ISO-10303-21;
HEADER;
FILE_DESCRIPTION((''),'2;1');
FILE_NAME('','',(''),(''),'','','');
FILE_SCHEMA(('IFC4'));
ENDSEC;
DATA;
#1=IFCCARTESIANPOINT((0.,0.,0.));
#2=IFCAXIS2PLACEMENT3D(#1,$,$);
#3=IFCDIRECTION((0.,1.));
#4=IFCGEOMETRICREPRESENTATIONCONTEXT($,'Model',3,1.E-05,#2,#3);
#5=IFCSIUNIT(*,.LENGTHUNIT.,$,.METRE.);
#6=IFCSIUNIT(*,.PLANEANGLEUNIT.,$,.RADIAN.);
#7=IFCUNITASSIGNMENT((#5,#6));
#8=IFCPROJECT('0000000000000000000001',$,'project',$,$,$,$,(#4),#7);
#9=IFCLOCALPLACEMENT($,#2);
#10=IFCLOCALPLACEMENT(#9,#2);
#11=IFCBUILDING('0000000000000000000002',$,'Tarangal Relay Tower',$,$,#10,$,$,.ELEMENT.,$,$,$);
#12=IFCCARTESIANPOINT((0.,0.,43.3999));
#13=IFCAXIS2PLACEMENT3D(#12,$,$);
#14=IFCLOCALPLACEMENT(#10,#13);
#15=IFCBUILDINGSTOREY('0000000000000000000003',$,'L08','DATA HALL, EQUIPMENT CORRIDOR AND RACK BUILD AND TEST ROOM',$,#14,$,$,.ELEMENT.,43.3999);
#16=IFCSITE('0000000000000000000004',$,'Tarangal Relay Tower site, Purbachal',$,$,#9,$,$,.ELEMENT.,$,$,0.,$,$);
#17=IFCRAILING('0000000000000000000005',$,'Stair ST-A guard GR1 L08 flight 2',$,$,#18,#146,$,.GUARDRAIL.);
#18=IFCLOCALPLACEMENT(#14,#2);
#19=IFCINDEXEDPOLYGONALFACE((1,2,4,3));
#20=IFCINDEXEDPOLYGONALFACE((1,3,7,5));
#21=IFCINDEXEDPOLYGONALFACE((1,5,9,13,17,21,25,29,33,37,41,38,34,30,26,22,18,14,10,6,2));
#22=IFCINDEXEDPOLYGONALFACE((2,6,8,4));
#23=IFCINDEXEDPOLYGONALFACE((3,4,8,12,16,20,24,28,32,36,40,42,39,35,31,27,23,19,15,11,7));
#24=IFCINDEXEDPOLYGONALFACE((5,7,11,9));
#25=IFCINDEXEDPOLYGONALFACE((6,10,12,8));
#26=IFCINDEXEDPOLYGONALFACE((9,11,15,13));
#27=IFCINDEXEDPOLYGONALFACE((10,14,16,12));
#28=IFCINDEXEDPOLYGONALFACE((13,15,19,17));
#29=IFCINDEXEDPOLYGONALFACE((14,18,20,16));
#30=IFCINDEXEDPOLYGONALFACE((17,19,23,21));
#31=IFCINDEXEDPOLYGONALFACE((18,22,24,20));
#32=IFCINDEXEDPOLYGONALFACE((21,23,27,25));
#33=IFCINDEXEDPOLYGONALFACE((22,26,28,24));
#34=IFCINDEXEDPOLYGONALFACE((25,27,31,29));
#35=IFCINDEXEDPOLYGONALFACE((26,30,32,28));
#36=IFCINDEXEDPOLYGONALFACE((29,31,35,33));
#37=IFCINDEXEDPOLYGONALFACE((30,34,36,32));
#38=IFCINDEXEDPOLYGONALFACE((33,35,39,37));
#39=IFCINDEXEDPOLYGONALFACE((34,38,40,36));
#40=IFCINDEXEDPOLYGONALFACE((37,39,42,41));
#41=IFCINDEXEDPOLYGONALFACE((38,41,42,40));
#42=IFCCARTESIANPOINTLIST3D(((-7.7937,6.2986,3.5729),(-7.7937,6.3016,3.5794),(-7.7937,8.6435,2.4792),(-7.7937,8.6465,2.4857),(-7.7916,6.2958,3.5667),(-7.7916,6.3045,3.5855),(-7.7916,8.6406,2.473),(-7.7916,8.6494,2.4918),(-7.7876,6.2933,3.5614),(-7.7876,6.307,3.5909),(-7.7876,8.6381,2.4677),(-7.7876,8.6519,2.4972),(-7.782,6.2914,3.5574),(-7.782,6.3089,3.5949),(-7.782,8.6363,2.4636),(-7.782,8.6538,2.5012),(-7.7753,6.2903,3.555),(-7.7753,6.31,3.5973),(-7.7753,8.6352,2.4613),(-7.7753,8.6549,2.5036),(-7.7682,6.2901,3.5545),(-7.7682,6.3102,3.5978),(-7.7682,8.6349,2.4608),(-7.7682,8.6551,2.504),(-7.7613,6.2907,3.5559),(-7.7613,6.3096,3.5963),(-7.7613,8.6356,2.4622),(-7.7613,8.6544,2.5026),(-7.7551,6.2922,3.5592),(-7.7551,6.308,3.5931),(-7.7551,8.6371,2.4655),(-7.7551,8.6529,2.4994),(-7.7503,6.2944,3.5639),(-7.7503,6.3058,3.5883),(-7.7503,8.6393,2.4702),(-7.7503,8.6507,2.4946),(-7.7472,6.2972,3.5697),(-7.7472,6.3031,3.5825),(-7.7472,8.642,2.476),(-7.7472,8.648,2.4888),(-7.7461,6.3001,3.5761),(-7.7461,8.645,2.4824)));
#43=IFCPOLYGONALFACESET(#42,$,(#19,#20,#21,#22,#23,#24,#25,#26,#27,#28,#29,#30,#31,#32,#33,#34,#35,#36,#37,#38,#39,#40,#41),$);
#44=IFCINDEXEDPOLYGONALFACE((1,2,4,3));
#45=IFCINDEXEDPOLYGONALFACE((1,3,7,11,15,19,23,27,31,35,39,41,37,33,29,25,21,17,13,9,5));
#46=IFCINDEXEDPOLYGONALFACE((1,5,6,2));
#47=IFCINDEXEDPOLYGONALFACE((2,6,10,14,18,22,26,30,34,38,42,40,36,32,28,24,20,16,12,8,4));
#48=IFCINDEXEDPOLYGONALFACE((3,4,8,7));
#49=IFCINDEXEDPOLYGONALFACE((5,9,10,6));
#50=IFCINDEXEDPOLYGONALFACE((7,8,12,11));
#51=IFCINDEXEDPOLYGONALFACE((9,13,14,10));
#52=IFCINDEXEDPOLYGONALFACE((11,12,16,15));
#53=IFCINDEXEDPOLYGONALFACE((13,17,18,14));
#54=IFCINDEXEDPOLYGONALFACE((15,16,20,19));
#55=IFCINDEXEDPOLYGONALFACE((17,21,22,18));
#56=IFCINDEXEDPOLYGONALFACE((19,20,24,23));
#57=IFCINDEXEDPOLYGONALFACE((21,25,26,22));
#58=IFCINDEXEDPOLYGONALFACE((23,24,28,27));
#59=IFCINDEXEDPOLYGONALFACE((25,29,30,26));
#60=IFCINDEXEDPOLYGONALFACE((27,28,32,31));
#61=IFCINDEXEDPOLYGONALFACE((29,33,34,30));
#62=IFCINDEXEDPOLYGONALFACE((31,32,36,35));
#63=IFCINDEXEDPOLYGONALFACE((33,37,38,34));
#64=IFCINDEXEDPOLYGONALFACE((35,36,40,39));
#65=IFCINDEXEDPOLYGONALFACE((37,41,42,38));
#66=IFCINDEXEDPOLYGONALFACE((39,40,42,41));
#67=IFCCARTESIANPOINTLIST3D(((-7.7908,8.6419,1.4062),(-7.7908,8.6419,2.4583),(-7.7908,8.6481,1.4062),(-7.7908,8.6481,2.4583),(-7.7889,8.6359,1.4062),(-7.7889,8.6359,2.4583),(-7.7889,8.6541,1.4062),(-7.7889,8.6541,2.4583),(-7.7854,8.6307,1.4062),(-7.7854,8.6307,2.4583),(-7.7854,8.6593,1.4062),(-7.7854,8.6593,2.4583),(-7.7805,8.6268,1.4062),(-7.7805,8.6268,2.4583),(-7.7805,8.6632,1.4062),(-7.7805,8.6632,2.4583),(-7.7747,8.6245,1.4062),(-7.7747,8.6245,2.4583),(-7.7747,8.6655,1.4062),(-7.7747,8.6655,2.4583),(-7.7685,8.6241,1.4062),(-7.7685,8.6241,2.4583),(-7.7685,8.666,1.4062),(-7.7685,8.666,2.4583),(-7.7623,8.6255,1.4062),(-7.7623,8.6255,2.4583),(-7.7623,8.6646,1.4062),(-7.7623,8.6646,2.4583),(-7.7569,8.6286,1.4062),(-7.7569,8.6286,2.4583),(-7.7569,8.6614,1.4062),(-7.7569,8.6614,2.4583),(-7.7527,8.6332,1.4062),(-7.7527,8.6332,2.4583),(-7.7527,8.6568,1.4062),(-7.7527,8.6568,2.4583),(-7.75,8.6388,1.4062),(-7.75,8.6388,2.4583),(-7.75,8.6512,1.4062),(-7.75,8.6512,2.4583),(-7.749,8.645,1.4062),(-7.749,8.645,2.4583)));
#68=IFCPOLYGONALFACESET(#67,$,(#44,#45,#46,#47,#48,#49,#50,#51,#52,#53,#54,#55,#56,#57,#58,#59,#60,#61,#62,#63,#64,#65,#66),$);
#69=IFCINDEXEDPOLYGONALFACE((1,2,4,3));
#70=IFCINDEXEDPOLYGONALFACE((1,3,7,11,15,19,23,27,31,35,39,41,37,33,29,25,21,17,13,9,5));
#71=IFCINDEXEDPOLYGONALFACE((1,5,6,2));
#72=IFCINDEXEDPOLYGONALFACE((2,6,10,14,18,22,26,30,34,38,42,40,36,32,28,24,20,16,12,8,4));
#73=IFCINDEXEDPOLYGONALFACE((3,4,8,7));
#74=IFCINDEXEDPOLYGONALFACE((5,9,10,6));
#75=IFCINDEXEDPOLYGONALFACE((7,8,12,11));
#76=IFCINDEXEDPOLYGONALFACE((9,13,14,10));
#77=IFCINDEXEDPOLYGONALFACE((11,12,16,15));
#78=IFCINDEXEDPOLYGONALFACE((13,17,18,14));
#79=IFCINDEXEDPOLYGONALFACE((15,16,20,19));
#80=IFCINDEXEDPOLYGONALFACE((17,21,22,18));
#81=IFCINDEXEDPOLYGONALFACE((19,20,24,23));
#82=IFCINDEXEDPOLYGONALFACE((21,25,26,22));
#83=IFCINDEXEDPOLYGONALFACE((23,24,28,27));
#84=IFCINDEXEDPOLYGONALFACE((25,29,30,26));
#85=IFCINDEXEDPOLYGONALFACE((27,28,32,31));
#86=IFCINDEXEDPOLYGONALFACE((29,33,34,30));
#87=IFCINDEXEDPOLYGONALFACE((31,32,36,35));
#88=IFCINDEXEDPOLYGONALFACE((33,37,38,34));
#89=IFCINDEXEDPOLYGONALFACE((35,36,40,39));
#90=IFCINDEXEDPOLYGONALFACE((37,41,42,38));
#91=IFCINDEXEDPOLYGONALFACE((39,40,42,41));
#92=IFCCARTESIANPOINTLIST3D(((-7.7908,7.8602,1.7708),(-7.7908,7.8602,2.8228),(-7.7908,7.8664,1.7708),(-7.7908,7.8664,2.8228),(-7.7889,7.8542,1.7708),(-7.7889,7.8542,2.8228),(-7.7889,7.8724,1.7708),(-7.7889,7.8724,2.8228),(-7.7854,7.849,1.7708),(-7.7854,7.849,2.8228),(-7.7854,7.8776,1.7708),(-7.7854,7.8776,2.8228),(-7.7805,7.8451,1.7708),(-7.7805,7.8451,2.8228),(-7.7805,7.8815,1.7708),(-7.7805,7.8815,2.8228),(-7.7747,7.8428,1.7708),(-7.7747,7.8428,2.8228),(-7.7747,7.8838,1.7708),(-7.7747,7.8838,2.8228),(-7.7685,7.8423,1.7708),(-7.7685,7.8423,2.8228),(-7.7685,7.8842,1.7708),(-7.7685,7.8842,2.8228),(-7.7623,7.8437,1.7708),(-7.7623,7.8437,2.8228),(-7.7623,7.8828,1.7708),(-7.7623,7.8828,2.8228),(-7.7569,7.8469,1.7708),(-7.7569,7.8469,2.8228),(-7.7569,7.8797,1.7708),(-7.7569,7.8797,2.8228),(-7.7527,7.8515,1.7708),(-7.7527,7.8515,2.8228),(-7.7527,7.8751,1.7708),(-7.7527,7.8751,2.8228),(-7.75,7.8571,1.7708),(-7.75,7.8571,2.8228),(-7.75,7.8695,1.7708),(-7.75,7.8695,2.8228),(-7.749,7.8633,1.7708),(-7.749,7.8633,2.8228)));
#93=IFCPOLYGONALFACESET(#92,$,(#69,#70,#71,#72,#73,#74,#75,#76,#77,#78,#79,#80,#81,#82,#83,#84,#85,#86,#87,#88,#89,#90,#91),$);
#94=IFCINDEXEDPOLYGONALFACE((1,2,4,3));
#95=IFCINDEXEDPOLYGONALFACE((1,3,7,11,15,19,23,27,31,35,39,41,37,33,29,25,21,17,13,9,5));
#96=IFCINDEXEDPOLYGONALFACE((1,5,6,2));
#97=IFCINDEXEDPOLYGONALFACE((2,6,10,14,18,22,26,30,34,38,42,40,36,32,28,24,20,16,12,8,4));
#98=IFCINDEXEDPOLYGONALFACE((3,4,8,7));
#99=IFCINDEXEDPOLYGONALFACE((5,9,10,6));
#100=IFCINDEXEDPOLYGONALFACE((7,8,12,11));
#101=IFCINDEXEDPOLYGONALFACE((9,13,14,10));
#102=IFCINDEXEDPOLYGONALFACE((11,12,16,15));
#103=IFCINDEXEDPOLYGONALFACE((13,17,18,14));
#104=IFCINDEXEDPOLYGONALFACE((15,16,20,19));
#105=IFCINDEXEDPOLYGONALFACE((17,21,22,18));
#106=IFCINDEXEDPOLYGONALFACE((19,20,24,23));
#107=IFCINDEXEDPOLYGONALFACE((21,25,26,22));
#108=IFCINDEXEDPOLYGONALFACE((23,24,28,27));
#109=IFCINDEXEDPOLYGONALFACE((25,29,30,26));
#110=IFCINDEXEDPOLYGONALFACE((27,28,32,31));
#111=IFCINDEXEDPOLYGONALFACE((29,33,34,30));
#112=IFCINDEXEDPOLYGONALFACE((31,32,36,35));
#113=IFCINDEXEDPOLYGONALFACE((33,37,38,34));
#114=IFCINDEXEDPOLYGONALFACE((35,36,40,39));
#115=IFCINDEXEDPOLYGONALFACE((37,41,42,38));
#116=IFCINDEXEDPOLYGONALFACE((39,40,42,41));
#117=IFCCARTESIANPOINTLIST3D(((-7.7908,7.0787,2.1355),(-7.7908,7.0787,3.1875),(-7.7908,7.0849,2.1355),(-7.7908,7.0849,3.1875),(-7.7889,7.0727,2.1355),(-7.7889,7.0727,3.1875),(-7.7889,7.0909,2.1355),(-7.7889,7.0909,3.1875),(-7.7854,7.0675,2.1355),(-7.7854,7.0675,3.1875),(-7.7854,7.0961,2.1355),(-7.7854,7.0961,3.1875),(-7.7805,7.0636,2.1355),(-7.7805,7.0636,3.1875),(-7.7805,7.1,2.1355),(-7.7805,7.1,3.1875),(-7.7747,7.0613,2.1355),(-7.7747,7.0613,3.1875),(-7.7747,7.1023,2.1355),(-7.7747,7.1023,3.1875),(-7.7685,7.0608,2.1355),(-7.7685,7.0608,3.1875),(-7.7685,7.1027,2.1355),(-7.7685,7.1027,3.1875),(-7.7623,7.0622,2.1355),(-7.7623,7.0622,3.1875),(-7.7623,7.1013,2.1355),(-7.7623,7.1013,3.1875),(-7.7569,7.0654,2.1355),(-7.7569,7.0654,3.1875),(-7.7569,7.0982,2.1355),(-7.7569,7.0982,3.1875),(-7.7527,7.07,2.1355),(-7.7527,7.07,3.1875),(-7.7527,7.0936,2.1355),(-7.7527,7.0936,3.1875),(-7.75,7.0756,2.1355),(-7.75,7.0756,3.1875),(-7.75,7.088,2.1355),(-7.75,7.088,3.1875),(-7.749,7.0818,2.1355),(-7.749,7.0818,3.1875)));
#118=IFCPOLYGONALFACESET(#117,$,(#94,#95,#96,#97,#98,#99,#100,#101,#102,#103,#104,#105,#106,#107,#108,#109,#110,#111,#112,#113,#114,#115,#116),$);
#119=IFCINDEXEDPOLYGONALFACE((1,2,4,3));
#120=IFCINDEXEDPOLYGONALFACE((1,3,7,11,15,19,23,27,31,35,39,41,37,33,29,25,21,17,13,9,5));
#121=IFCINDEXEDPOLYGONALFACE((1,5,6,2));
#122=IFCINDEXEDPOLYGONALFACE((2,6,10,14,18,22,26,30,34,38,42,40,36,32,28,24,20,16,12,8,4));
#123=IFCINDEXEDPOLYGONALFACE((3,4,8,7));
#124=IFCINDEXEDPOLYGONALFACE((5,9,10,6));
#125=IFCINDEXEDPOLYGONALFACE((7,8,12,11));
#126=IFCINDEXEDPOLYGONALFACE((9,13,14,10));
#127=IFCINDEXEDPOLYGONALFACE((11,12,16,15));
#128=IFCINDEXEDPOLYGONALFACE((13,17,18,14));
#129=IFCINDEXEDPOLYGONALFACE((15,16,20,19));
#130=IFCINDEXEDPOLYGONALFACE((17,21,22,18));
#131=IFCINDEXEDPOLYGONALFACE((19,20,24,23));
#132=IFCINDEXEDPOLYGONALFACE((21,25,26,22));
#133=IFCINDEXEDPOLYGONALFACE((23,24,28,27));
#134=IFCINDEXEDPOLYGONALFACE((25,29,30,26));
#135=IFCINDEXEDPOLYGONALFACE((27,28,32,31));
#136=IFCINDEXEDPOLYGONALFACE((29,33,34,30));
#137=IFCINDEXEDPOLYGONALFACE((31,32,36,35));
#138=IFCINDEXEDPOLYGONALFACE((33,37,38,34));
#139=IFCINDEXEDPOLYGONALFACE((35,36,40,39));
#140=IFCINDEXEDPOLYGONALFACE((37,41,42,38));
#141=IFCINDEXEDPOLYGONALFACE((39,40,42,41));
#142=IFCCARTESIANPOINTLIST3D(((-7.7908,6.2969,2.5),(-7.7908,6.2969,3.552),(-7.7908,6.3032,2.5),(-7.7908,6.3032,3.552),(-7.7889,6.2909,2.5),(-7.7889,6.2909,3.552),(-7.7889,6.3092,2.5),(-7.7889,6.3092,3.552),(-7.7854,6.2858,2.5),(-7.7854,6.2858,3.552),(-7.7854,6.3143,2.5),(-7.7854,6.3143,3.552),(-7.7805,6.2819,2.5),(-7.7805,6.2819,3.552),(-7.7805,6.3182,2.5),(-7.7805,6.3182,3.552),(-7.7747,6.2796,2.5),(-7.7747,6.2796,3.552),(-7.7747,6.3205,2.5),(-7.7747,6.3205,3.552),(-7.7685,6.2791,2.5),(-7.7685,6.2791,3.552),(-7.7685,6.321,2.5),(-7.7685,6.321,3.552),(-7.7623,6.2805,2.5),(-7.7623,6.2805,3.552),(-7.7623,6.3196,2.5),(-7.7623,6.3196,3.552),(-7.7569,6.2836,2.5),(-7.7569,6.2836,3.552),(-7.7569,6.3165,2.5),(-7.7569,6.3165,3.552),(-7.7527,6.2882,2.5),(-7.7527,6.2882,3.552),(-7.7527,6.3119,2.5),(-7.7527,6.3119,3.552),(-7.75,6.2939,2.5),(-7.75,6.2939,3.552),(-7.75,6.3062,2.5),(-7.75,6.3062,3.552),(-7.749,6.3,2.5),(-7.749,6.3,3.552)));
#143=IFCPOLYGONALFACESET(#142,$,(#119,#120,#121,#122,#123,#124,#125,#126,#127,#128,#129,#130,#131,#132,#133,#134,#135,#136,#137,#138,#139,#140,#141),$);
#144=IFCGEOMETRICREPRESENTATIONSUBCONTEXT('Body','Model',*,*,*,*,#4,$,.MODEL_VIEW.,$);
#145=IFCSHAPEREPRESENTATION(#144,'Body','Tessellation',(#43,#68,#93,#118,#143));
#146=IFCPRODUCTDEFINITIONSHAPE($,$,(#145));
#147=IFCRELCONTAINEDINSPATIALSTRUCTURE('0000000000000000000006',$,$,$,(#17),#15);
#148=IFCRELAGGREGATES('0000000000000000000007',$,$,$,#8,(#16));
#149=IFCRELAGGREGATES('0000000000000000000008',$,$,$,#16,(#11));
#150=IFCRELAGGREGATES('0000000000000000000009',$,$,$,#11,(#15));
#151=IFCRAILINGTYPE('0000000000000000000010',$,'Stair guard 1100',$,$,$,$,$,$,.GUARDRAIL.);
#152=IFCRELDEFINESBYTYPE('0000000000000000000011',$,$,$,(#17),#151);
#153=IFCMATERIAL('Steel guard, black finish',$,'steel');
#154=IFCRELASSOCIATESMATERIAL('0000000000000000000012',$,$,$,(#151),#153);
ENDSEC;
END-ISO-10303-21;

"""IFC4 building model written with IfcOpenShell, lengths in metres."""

from ifc_helpers import new_model, si_unit, direction, frame, origin, origin_2d, place, context, subcontext, project, spatial, circle, extrude, material, type_object, element, save


model = new_model("IFC4")

# Units and contexts
model_context = context("Model", 3, precision=1e-05, world=origin(), true_north=direction((0.0, 1.0)))
body_context = subcontext(model_context, "Body", "Model", "MODEL_VIEW")
ifc_project = project(units=[si_unit("LENGTHUNIT", "METRE"), si_unit("PLANEANGLEUNIT", "RADIAN")], contexts=[model_context])

# Site, building, storey
site_placement = place(None, origin())
site = spatial("IfcSite", under=ifc_project, at=site_placement, Name="Tarangal Relay Tower site, Purbachal", CompositionType="ELEMENT", RefElevation=0.0)
building_placement = place(site_placement, origin())
building = spatial("IfcBuilding", under=site, at=building_placement, Name="Tarangal Relay Tower", CompositionType="ELEMENT")
storey_placement = place(building_placement, frame((0.0, 0.0, 43.3999)))
storey = spatial("IfcBuildingStorey", under=building, at=storey_placement, Name="L08", Description="DATA HALL, EQUIPMENT CORRIDOR AND RACK BUILD AND TEST ROOM", CompositionType="ELEMENT", Elevation=43.3999)

# Railing
ifc_material_1 = material(Name="Steel guard, black finish", Category="steel")
railing_type = type_object("IfcRailingType", Name="Stair guard 1100", PredefinedType="GUARDRAIL", material=ifc_material_1)
railing_1_placement = place(storey_placement, frame((-7.77, 8.645, 1.4062)))
element("IfcRailing", 1, at=railing_1_placement, inside=storey, type_object=railing_type, Name="Stair ST-A guard GR1 L08 flight 2", PredefinedType="GUARDRAIL", context=body_context, shape_type="SweptSolid", body=[
    extrude(circle(Radius=0.0239, at=origin_2d()), frame((0.0, 0.0, 1.0762), z_axis=(0.0, -0.906267, 0.422705), x_axis=(1.0, 0.0, 0.0)), (0.0, 0.0, 1.0), 2.5874),
    extrude(circle(Radius=0.021, at=origin_2d()), origin(), (0.0, 0.0, 1.0), 1.052),
    extrude(circle(Radius=0.021, at=origin_2d()), frame((0.0, -0.7817, 0.3645)), (0.0, 0.0, 1.0), 1.052),
    extrude(circle(Radius=0.021, at=origin_2d()), frame((0.0, -1.5632, 0.7292)), (0.0, 0.0, 1.0), 1.052),
    extrude(circle(Radius=0.021, at=origin_2d()), frame((0.0, -2.345, 1.0938)), (0.0, 0.0, 1.0), 1.052),
])

save(model, "model.ifc")
